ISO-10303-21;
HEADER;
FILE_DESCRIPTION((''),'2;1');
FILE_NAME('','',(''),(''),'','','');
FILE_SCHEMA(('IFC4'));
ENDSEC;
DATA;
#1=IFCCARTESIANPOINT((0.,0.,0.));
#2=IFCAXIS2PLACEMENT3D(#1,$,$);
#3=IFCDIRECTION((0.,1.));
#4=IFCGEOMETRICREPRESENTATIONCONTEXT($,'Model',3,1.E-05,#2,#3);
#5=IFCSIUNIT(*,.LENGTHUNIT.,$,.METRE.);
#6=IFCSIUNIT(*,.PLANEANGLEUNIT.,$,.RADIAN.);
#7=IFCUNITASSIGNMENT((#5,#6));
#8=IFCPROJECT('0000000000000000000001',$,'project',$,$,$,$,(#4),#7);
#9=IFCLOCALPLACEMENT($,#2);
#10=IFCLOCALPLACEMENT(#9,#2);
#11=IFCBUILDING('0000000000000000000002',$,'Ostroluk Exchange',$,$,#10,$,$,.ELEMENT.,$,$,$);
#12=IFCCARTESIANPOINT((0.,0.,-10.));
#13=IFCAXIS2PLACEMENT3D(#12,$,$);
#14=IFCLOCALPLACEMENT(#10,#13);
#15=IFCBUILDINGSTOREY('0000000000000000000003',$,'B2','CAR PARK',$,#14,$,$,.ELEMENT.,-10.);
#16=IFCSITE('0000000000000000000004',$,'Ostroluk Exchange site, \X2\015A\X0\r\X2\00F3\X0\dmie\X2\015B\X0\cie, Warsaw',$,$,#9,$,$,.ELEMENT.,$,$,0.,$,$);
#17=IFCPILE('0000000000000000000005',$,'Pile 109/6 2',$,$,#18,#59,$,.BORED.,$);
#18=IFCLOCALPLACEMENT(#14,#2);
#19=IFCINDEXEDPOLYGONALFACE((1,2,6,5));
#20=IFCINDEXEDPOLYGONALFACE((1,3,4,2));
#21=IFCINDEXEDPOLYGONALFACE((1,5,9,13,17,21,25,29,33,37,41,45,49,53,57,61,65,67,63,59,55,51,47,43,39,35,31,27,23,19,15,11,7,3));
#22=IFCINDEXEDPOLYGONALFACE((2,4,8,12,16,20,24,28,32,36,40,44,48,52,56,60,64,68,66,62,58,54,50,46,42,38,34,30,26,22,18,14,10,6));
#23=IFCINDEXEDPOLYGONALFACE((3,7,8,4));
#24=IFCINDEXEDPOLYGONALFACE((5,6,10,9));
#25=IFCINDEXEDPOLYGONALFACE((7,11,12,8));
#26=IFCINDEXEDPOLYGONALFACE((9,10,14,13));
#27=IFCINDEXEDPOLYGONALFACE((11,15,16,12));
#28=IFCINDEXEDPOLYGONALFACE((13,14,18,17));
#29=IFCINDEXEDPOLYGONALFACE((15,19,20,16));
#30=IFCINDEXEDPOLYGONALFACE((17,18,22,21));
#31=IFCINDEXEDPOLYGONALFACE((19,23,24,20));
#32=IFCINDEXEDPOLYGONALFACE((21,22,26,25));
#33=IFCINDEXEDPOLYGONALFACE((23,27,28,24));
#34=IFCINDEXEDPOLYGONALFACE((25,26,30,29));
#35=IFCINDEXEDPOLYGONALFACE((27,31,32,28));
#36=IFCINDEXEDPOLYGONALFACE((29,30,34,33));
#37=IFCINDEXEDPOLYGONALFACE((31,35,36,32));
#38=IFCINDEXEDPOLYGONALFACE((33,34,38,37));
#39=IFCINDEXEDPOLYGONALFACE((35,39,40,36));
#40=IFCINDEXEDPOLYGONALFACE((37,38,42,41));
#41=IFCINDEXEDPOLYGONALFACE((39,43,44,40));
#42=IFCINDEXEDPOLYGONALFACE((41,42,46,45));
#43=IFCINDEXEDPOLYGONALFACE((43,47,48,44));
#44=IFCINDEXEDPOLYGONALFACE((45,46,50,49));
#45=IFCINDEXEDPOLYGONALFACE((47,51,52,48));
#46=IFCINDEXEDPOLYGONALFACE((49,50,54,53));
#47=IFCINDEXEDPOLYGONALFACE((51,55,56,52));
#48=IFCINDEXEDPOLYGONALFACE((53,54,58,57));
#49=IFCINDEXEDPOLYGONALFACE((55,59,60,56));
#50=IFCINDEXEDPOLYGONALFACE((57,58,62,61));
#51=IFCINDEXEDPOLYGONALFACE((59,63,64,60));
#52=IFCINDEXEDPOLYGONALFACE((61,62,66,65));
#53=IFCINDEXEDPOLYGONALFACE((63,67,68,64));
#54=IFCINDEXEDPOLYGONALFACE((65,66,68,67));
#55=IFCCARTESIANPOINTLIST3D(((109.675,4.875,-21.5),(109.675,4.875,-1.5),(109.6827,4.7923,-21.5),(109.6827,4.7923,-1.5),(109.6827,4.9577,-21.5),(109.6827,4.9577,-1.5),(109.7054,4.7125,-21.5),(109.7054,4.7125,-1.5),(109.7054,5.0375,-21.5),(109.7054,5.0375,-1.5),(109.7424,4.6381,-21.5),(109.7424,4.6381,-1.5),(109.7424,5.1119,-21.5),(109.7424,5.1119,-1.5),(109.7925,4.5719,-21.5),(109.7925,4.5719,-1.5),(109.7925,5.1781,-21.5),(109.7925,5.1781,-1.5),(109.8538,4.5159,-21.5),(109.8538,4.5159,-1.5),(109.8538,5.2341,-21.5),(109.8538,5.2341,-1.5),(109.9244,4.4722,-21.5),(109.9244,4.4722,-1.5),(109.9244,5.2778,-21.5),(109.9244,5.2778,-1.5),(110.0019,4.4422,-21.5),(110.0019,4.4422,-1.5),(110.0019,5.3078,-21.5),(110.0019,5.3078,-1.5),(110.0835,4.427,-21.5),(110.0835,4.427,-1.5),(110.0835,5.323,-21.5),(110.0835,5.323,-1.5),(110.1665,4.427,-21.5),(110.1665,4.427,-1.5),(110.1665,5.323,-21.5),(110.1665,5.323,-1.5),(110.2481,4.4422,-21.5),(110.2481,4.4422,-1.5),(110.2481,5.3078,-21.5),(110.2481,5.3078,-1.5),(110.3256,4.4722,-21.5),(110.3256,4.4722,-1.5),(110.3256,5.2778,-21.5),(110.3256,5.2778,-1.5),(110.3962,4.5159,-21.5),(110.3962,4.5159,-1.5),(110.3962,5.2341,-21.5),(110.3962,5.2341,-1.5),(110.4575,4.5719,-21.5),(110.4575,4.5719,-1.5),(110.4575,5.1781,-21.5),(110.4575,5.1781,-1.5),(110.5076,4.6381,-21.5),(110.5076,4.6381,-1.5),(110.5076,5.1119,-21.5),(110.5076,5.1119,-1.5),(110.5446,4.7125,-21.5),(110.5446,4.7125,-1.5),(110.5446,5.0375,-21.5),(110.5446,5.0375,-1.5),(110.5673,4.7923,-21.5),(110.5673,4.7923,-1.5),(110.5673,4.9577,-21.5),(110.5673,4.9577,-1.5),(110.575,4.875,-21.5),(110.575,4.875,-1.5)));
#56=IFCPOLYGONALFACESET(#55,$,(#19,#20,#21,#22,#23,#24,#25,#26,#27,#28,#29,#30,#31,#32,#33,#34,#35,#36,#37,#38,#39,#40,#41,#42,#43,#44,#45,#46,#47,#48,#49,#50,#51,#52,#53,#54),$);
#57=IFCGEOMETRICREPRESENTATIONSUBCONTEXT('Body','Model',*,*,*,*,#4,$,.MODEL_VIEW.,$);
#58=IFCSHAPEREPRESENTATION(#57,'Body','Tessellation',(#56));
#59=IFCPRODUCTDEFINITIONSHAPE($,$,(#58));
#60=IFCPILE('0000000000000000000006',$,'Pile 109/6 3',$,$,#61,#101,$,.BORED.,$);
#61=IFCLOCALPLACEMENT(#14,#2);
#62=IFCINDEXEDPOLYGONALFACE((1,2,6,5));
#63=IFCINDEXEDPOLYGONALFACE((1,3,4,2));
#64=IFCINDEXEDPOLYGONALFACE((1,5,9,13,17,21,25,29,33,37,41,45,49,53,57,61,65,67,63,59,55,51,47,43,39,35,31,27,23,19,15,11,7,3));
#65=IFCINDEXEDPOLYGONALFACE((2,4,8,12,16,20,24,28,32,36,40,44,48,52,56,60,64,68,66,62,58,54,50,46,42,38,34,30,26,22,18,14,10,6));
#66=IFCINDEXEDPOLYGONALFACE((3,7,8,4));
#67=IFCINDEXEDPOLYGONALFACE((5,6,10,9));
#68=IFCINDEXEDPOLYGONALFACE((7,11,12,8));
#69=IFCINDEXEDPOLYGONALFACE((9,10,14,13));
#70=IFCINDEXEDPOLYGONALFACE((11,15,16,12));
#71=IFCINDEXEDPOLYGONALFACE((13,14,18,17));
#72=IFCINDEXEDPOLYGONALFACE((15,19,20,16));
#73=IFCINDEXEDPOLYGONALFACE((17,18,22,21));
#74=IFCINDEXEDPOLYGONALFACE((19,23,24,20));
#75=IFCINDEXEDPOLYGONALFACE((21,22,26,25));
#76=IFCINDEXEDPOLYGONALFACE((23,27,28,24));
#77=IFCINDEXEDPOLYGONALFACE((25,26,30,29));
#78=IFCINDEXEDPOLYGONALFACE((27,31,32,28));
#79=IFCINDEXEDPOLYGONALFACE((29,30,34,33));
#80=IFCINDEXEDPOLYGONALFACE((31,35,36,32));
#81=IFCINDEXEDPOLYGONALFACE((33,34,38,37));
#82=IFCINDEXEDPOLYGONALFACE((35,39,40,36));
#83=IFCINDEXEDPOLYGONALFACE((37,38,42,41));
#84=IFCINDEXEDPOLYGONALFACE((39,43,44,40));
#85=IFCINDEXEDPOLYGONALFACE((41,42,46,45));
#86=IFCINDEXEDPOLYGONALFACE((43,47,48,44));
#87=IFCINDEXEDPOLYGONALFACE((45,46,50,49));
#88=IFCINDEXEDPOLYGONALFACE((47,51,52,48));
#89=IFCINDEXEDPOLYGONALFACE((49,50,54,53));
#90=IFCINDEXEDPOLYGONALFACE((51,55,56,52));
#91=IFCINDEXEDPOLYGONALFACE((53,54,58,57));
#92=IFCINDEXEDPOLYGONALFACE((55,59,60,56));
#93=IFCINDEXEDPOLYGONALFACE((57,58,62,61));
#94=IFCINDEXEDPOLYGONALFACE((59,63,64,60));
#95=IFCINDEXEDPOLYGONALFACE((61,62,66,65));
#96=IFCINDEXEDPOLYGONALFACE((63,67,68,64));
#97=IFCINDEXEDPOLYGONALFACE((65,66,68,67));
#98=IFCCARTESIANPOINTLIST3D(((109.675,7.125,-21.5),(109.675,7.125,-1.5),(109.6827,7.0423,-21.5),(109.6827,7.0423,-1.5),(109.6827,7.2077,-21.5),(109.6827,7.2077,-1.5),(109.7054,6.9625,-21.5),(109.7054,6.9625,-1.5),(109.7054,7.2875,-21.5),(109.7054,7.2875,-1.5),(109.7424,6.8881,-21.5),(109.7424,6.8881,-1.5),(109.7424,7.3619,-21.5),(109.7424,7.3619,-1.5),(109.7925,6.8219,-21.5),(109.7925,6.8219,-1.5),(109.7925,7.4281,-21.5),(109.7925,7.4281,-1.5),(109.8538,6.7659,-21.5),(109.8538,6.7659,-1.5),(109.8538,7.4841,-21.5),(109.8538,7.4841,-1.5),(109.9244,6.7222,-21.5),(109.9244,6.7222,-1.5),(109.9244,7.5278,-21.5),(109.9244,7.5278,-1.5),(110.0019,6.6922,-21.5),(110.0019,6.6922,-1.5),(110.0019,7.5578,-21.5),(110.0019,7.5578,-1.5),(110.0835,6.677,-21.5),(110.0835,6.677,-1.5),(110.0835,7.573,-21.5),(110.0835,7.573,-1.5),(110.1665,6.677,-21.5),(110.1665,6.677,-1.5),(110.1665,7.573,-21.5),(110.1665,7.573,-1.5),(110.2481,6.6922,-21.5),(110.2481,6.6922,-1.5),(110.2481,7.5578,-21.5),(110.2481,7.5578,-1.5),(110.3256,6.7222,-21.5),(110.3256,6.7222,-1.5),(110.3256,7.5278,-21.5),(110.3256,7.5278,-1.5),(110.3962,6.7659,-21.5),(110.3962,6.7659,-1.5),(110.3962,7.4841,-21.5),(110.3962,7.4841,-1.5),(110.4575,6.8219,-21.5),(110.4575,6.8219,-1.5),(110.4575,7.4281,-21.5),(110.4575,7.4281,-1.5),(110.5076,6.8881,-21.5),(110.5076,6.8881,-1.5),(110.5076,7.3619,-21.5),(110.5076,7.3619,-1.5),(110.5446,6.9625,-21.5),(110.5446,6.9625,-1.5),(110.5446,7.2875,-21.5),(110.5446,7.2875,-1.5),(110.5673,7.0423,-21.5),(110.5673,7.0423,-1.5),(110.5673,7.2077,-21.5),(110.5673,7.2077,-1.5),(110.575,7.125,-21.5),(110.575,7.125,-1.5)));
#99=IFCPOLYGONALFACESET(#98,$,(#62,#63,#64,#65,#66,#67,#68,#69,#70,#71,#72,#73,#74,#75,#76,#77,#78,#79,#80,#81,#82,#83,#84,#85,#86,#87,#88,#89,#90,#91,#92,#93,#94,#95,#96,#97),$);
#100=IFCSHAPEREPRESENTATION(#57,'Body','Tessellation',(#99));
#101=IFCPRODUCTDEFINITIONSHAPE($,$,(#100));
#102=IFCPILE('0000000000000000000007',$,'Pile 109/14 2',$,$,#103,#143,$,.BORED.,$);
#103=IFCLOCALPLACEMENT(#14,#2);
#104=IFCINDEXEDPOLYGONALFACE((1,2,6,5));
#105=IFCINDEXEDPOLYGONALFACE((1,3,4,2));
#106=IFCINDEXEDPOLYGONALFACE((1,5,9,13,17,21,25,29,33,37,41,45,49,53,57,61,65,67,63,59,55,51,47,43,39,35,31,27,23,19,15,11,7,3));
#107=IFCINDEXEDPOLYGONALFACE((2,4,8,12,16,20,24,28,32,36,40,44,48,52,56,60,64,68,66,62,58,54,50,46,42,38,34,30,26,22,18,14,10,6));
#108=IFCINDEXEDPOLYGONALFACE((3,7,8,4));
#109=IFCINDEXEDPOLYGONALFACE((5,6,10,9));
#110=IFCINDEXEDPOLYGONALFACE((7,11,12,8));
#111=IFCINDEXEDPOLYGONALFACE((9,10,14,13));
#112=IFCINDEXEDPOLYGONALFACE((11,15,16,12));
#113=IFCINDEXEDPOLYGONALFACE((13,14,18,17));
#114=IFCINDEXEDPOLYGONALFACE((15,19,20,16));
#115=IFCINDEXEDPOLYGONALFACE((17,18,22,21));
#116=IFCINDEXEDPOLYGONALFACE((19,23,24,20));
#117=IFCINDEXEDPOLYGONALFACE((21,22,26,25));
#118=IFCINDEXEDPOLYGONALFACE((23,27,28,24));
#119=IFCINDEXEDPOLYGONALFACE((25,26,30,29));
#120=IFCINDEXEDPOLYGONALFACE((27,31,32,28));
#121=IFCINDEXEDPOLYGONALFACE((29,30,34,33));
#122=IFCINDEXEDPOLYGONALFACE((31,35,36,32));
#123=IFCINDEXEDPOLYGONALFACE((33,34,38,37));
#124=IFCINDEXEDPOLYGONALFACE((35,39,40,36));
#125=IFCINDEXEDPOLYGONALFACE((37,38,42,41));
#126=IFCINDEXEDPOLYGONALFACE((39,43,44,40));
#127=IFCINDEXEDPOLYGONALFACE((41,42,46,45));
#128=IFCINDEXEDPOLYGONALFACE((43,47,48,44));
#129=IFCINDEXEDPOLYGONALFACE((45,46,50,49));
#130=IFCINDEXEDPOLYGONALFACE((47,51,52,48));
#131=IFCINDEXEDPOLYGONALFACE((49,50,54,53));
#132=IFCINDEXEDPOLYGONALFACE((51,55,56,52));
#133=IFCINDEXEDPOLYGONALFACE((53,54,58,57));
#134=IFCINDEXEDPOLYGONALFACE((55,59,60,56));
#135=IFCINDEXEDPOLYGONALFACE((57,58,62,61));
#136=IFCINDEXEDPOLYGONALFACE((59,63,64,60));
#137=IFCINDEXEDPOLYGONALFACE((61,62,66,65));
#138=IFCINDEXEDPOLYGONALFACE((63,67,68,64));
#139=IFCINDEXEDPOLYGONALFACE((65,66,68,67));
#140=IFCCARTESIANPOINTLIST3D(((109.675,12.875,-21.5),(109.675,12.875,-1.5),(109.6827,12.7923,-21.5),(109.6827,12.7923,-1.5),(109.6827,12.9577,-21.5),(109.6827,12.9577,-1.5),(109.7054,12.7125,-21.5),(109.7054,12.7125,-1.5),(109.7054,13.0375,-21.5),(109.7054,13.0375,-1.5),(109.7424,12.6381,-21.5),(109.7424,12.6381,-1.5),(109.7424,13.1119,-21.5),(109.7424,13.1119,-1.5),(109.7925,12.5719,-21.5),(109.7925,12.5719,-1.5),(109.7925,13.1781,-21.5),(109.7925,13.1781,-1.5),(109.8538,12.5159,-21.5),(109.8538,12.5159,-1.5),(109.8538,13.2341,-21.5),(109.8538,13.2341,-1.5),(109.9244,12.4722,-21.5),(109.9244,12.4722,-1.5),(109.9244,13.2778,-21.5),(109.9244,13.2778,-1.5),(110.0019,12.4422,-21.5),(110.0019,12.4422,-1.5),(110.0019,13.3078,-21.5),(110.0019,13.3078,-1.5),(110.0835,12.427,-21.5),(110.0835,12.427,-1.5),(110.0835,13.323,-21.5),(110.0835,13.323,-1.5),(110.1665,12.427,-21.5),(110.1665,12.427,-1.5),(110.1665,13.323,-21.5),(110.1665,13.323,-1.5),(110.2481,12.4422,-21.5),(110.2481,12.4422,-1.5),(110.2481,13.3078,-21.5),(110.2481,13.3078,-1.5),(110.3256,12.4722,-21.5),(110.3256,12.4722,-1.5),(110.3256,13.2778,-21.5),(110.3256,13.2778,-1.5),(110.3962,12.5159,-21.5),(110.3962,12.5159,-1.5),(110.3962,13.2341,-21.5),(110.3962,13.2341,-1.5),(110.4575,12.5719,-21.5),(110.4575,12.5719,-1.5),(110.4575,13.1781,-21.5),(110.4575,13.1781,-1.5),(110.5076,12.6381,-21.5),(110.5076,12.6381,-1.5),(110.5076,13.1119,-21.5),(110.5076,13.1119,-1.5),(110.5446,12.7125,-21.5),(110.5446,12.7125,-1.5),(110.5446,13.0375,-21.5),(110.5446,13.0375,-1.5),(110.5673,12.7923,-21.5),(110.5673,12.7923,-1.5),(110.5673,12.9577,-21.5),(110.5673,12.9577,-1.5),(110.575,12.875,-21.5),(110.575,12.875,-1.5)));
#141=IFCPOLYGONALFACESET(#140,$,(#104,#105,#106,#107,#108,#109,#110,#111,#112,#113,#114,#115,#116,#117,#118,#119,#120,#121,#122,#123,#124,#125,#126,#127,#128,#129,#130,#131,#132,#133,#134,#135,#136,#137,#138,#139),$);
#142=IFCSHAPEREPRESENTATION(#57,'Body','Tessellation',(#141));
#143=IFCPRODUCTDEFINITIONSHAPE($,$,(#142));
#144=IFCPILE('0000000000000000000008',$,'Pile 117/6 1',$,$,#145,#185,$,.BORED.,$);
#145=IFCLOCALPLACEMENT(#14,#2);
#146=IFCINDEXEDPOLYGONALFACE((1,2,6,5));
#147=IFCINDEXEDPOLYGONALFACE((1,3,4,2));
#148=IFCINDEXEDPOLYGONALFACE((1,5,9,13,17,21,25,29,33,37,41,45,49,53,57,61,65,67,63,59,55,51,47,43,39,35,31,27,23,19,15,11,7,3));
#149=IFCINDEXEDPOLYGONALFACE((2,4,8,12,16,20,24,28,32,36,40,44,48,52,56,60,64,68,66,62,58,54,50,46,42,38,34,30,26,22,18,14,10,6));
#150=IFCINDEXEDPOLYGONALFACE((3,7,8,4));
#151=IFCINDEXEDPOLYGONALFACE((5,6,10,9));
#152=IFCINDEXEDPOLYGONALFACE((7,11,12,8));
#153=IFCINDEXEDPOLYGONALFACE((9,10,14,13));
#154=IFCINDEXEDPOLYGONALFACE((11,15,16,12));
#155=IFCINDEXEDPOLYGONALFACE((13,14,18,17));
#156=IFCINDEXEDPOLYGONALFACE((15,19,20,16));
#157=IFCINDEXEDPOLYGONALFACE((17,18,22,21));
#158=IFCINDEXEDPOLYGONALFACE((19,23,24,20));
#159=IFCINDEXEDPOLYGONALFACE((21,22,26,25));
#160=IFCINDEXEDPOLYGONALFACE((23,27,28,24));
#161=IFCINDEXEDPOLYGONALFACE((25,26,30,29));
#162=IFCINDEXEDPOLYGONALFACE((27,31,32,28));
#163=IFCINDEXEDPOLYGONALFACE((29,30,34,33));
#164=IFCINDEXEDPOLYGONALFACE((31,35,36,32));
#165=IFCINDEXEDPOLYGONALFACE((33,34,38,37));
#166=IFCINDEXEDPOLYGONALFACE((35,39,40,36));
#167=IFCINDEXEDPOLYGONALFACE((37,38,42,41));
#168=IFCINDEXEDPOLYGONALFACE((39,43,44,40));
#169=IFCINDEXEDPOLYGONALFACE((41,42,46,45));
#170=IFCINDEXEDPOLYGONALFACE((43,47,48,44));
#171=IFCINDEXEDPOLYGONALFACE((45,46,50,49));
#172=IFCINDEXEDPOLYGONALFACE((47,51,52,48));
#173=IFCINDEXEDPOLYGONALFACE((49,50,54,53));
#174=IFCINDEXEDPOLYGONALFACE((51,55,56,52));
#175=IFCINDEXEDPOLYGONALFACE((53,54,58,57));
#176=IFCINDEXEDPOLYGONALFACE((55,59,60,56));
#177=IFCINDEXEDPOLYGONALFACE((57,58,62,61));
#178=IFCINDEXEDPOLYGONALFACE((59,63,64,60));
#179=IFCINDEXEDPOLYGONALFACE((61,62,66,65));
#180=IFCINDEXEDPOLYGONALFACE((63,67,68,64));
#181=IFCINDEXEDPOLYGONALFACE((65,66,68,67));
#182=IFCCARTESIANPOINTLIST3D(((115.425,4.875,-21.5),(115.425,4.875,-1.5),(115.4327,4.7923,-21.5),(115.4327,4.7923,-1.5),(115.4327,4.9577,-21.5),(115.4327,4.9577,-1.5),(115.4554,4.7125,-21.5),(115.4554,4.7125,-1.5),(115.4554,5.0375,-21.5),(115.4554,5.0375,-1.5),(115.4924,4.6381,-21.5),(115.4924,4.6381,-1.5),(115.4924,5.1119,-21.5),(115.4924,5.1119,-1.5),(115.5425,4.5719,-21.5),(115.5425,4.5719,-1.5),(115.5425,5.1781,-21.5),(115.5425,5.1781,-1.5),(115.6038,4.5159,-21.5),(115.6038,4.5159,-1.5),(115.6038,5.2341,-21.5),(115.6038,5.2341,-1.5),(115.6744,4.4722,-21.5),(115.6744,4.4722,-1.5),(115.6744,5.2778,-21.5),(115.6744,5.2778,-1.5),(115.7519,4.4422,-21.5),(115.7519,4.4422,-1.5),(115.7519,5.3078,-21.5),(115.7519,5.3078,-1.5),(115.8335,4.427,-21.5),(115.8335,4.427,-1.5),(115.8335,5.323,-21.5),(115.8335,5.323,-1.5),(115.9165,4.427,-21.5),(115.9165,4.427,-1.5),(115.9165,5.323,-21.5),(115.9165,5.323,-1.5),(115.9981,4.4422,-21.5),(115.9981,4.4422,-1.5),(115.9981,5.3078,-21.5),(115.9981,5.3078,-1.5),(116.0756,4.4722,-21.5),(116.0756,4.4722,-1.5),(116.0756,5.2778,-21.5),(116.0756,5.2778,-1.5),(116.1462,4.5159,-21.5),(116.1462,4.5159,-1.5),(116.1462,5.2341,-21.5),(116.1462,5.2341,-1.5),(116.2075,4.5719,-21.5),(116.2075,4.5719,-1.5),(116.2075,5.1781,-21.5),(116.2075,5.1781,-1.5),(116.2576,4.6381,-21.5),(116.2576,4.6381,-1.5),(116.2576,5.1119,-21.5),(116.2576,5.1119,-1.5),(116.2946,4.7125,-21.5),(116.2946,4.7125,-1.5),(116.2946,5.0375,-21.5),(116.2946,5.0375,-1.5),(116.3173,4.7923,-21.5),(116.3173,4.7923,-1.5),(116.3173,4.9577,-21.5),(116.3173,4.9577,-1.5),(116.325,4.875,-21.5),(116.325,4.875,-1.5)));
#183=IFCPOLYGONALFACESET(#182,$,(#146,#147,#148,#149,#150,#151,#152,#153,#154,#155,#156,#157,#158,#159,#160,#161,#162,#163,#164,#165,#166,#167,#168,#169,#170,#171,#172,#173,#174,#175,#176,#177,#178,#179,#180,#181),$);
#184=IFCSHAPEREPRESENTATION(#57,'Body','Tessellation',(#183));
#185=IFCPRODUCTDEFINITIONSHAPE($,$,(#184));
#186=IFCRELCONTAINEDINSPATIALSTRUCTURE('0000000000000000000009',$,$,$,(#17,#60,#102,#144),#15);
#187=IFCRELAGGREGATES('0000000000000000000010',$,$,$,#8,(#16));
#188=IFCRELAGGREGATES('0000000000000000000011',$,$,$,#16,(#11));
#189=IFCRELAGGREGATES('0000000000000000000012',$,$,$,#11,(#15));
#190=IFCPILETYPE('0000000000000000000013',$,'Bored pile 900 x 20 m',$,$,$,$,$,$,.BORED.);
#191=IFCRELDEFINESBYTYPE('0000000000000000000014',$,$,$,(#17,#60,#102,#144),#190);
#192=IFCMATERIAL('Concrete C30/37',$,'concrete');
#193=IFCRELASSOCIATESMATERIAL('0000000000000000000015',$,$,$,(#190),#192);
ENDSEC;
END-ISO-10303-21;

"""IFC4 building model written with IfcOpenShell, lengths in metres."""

from ifc_helpers import new_model, si_unit, direction, frame, origin, origin_2d, place, context, subcontext, project, spatial, circle, extrude, material, type_object, element, save


model = new_model("IFC4")

# Units and contexts
model_context = context("Model", 3, precision=1e-05, world=origin(), true_north=direction((0.0, 1.0)))
body_context = subcontext(model_context, "Body", "Model", "MODEL_VIEW")
ifc_project = project(units=[si_unit("LENGTHUNIT", "METRE"), si_unit("PLANEANGLEUNIT", "RADIAN")], contexts=[model_context])

# Site, building, storey
site_placement = place(None, origin())
site = spatial("IfcSite", under=ifc_project, at=site_placement, Name="Ostroluk Exchange site, Śródmieście, Warsaw", CompositionType="ELEMENT", RefElevation=0.0)
building_placement = place(site_placement, origin())
building = spatial("IfcBuilding", under=site, at=building_placement, Name="Ostroluk Exchange", CompositionType="ELEMENT")
storey_placement = place(building_placement, frame((0.0, 0.0, -10.0)))
storey = spatial("IfcBuildingStorey", under=building, at=storey_placement, Name="B2", Description="CAR PARK", CompositionType="ELEMENT", Elevation=-10.0)

# Piles
ifc_material_1 = material(Name="Concrete C30/37", Category="concrete")
pile_type = type_object("IfcPileType", Name="Bored pile 900 x 20 m", PredefinedType="BORED", material=ifc_material_1)
for number, where, z_axis, x_axis, name in (
    (1, (110.125, 4.875, -1.5), (0.0, 0.0, -1.0), (1.0, 0.0, 0.0), "Pile 109/6 2"),
    (2, (110.125, 7.125, -1.5), (0.0, 0.0, -1.0), (1.0, 0.0, 0.0), "Pile 109/6 3"),
    (3, (110.125, 12.875, -1.5), (0.0, 0.0, -1.0), (1.0, 0.0, 0.0), "Pile 109/14 2"),
    (4, (115.875, 4.875, -1.5), (0.0, 0.0, -1.0), (1.0, 0.0, 0.0), "Pile 117/6 1"),
):
    element("IfcPile", number, at=place(storey_placement, frame(where, z_axis=z_axis, x_axis=x_axis)), inside=storey, type_object=pile_type, Name=name, PredefinedType="BORED", context=body_context, shape_type="SweptSolid", body=[
        extrude(circle(Radius=0.45, at=origin_2d()), origin(), (0.0, 0.0, 1.0), 20.0),
    ])

save(model, "model.ifc")
